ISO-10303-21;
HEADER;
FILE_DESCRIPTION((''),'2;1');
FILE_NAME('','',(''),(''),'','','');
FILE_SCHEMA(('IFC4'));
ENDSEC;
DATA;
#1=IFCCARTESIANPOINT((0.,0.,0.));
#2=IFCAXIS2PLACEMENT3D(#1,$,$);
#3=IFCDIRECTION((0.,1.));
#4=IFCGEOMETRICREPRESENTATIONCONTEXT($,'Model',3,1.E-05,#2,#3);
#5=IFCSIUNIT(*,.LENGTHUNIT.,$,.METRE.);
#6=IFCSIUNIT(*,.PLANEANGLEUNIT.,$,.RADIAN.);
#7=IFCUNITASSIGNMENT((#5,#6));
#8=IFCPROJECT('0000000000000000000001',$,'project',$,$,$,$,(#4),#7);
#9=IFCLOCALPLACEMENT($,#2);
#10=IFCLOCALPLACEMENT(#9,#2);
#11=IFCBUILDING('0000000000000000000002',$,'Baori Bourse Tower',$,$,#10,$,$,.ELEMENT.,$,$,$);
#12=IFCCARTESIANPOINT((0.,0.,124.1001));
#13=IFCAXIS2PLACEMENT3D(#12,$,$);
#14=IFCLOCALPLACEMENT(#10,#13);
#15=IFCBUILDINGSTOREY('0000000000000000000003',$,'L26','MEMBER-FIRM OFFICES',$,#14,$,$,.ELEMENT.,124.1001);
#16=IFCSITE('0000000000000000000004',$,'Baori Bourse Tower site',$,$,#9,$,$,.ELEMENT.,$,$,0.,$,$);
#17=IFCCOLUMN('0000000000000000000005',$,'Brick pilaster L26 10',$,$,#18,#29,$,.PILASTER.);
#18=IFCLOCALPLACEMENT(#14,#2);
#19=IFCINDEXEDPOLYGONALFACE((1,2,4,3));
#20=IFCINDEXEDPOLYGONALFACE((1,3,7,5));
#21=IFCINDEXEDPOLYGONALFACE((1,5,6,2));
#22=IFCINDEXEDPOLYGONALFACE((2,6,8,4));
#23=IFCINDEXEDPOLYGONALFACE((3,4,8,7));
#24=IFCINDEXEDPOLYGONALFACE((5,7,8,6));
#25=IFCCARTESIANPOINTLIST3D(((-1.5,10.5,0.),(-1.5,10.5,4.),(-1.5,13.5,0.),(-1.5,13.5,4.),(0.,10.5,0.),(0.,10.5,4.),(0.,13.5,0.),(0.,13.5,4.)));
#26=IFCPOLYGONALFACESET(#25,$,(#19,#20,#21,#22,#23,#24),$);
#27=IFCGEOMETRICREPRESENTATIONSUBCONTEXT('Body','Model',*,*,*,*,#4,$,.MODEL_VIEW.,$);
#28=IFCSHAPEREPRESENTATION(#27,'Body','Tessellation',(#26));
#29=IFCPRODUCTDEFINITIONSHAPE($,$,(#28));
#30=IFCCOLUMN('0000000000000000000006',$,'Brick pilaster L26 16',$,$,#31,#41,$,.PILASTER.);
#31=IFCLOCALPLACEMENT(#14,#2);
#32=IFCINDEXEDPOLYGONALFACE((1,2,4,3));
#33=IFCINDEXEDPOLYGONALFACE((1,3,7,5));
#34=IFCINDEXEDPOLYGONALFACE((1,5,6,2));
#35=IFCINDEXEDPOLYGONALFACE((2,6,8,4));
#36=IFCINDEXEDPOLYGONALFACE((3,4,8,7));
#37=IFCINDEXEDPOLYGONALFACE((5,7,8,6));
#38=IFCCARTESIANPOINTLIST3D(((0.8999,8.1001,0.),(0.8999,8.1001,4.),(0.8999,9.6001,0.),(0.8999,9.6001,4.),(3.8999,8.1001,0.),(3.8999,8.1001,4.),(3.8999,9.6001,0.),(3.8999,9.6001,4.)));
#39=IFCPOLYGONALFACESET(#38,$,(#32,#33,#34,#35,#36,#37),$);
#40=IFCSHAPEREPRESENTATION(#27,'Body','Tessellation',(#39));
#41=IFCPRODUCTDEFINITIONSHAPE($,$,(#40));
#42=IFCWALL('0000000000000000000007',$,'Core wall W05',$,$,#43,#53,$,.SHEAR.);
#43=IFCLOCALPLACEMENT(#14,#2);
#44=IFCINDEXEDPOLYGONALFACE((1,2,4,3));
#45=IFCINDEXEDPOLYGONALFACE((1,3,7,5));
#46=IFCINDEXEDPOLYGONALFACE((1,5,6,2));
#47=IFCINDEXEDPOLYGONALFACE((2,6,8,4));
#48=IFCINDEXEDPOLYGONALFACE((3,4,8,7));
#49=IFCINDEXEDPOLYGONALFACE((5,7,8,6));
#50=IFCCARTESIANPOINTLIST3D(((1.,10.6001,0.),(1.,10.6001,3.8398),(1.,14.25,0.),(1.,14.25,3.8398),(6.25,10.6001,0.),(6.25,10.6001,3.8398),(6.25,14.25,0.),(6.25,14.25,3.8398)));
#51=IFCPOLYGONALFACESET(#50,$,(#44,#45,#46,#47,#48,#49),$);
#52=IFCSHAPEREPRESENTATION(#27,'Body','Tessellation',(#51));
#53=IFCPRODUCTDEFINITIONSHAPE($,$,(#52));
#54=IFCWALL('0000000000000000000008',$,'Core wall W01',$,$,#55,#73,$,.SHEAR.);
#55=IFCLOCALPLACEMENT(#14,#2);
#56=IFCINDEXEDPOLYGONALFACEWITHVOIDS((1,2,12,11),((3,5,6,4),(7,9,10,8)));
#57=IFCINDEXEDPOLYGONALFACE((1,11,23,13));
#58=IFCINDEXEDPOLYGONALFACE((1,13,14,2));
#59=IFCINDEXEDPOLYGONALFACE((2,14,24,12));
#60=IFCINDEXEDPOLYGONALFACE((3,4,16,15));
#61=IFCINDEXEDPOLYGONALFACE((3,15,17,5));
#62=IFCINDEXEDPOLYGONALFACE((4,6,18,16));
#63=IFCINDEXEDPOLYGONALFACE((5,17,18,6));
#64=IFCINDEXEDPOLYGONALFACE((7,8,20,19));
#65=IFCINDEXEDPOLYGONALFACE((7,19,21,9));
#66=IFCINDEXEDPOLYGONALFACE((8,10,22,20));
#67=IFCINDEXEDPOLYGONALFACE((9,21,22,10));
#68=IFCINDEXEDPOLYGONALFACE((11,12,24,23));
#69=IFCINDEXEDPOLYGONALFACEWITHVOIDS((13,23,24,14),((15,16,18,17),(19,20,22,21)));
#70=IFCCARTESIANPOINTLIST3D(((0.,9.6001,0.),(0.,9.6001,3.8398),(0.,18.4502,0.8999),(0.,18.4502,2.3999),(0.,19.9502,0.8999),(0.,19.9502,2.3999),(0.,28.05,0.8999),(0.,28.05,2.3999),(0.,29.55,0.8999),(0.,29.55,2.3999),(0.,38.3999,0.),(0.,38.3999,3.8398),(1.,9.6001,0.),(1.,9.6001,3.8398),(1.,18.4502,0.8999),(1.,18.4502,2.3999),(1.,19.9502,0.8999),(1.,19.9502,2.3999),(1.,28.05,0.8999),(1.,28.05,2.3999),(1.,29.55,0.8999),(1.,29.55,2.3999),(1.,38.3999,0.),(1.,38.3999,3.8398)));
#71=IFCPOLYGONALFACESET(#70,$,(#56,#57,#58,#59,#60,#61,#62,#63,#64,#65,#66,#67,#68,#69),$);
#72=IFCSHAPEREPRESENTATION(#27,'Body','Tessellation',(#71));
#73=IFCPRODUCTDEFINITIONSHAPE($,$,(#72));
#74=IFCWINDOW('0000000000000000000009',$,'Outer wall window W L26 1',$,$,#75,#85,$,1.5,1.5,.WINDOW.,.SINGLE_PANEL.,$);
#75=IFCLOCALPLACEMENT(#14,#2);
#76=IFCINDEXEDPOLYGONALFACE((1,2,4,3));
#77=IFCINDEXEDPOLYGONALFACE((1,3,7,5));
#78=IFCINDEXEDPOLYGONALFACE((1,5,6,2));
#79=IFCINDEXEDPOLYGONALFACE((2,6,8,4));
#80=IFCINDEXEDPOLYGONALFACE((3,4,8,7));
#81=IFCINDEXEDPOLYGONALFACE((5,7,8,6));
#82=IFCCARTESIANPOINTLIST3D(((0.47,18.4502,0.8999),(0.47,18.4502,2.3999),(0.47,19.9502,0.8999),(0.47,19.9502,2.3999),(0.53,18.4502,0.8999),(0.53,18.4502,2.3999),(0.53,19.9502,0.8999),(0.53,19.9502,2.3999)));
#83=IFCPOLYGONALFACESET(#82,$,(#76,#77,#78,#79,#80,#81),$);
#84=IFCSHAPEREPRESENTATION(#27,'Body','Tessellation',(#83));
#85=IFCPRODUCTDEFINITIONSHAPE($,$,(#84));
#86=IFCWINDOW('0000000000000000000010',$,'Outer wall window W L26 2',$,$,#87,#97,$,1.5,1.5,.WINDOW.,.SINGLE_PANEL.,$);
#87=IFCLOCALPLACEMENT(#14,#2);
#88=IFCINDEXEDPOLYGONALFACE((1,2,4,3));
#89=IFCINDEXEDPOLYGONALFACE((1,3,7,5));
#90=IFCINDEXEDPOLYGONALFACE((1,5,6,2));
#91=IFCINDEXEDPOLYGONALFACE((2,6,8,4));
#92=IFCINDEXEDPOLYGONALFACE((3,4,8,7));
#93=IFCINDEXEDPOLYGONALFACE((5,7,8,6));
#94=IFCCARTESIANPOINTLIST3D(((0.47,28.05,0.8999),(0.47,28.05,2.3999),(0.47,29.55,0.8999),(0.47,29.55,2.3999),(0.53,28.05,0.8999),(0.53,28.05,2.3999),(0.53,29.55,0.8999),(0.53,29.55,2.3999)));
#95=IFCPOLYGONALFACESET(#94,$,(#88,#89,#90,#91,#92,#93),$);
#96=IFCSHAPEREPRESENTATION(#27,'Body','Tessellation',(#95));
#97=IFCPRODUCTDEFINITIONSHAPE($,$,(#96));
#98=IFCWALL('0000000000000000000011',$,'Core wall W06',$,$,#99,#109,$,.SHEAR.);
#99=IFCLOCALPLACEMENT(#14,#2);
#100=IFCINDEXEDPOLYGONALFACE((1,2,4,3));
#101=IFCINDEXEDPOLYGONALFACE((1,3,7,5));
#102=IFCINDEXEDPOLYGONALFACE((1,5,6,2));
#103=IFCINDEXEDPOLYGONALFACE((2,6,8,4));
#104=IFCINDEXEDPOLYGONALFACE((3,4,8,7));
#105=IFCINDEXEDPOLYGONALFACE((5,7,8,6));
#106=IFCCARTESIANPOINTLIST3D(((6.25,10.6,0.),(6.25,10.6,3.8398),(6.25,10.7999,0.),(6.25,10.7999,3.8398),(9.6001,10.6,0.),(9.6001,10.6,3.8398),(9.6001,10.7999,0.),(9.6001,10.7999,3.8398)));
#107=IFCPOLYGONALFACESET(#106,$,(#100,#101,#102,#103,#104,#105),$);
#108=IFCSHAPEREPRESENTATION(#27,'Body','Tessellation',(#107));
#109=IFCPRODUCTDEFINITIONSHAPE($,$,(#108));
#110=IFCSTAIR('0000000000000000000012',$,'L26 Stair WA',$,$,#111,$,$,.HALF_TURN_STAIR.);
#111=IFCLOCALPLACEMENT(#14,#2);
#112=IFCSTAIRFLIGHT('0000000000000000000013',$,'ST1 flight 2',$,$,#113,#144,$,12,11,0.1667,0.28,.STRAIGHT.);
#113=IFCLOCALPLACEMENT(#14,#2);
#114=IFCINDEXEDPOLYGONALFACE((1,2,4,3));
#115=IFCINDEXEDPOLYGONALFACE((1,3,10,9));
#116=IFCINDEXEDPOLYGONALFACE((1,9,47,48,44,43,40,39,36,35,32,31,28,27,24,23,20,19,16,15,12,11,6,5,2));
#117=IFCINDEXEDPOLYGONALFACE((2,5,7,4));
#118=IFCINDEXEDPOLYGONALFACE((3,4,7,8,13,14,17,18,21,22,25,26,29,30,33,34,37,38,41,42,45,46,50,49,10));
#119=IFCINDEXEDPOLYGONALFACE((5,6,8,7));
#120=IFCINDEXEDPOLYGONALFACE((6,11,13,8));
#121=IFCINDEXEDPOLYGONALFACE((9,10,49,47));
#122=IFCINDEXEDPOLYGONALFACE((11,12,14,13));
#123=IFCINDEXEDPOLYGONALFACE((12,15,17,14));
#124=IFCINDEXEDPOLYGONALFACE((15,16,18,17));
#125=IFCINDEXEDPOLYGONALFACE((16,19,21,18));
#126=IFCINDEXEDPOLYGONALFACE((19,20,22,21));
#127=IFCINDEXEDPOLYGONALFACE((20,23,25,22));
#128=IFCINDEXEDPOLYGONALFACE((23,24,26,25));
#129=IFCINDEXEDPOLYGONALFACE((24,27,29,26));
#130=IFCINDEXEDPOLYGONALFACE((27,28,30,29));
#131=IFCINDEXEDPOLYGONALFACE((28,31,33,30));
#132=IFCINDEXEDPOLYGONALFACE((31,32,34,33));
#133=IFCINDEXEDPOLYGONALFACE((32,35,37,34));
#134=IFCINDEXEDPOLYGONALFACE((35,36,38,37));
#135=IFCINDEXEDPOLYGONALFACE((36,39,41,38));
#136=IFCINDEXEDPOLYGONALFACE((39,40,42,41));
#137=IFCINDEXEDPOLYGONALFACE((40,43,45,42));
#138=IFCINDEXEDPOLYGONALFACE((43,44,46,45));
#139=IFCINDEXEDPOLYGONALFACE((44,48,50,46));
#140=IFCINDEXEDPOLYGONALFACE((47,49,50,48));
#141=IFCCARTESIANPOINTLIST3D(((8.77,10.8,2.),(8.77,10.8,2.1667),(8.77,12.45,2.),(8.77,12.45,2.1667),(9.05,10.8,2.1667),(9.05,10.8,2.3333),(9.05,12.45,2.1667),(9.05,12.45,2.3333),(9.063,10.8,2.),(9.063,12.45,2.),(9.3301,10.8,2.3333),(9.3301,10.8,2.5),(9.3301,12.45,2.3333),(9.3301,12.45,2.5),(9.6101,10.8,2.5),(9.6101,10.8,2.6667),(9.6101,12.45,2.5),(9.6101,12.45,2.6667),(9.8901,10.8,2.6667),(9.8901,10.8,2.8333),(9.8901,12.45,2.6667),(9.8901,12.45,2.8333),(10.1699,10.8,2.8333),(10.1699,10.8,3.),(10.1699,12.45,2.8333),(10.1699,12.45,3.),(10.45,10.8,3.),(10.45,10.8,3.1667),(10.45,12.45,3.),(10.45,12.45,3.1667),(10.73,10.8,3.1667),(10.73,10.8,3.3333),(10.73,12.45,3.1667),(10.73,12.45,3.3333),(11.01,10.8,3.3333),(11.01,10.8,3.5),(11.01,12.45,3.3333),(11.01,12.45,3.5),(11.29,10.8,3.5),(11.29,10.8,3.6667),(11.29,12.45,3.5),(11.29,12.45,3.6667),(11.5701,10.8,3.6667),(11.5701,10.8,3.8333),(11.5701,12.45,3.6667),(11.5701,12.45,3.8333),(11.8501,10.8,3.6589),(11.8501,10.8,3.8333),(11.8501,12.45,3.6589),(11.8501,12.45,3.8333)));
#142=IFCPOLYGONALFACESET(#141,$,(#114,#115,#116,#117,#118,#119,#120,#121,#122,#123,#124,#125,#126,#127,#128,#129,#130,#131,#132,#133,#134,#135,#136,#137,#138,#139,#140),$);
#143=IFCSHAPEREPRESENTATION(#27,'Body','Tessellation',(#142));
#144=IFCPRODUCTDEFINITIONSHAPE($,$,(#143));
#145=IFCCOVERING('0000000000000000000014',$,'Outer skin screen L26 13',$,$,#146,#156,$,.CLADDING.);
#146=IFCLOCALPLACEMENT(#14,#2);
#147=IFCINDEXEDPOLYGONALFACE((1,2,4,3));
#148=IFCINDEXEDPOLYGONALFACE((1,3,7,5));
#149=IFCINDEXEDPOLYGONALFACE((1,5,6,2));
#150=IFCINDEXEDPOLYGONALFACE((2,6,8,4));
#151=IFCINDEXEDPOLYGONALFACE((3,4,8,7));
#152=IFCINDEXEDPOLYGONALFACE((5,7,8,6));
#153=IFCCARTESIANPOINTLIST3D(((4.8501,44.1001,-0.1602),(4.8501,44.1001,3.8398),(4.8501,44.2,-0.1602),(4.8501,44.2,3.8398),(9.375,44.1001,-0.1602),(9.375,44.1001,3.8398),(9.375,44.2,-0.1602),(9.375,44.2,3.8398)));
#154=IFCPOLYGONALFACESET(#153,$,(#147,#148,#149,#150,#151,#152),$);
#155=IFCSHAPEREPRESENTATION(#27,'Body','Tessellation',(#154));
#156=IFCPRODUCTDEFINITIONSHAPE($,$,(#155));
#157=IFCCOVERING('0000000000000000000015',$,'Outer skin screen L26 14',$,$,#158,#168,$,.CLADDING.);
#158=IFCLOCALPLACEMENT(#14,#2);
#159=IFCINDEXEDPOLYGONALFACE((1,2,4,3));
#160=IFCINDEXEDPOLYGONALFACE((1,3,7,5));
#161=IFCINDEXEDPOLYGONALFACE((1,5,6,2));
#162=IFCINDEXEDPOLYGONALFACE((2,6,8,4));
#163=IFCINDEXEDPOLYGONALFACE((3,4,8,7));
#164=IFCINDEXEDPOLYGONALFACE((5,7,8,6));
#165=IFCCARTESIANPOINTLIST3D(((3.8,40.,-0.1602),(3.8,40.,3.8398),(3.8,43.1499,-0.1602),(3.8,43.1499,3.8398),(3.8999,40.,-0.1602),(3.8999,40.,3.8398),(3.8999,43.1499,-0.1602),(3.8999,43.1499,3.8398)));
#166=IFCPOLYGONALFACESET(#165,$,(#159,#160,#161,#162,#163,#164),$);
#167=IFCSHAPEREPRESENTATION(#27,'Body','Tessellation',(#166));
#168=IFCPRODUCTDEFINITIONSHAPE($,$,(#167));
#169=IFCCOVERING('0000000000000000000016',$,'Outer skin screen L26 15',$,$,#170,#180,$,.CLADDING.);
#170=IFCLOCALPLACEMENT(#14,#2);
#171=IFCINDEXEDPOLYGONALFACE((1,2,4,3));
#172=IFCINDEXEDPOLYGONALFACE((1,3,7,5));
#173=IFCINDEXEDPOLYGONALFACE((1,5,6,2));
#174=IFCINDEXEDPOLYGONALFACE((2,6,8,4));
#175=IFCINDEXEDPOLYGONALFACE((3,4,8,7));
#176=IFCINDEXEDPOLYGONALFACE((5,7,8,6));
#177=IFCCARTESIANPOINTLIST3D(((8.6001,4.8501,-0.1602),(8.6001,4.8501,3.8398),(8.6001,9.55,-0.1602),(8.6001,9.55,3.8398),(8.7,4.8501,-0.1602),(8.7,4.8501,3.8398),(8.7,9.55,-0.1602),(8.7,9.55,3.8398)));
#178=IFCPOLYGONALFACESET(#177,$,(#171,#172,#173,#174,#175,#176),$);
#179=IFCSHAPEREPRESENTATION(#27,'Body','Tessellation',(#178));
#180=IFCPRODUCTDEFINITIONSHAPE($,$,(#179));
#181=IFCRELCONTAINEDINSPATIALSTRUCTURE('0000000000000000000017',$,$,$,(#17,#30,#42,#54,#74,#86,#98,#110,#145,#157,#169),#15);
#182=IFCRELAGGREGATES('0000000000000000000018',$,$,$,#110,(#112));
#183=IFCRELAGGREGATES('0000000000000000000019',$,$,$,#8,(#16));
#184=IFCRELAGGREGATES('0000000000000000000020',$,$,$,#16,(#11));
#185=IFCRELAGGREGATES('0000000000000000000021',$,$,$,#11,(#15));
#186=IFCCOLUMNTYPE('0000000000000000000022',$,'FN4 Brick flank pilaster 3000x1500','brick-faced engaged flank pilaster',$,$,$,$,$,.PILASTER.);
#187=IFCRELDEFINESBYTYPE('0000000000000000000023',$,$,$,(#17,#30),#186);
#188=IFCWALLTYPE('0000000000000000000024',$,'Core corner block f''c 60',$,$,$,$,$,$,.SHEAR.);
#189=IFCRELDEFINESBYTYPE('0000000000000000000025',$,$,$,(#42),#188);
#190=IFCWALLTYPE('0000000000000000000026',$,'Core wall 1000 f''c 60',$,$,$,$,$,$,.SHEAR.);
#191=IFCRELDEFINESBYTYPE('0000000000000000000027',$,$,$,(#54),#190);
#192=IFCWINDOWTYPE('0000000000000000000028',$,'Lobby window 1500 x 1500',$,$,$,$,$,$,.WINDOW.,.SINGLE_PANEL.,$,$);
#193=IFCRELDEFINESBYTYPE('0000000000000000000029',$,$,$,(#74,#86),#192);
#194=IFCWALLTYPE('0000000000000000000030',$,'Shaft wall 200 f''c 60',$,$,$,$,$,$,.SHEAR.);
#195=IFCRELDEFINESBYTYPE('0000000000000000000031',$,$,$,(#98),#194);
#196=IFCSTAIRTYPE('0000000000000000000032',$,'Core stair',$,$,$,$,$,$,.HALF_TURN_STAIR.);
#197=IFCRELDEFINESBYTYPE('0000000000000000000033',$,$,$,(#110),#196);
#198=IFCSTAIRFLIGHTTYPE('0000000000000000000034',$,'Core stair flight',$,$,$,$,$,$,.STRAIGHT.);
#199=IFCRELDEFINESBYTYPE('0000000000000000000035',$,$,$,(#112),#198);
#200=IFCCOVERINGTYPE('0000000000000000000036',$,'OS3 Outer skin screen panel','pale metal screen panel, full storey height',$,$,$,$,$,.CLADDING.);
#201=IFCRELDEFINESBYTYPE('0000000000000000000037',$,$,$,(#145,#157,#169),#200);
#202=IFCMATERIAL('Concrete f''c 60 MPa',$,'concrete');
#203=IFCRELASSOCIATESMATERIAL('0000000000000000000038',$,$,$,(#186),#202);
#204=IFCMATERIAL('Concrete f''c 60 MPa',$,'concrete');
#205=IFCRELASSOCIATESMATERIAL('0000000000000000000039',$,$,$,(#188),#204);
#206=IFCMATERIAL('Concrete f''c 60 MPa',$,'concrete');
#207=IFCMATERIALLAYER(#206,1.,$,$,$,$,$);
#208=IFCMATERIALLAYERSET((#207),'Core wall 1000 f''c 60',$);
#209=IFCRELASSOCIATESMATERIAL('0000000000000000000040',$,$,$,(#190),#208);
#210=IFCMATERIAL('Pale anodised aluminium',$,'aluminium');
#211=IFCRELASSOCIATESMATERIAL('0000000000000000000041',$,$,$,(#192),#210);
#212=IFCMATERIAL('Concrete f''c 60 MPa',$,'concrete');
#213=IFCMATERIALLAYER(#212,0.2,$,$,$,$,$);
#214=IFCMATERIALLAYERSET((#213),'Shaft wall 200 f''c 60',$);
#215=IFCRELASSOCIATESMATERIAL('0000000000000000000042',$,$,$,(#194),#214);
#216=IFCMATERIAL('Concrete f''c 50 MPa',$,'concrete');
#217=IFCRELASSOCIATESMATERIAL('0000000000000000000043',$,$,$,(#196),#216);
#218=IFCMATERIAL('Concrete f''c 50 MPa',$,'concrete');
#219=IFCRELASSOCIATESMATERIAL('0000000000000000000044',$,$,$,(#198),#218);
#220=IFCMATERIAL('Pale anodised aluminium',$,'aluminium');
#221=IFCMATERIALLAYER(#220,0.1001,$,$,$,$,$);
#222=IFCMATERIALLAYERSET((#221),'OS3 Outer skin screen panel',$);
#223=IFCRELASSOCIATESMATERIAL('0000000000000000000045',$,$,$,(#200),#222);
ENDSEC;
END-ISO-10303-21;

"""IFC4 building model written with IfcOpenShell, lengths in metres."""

from ifc_helpers import new_model, si_unit, direction, frame, frame_2d, origin, origin_2d, place, context, subcontext, project, spatial, polyline, rectangle, outline, extrude, material, layer, layer_set, material_profile, profile_set, type_object, element, fill, aggregate, save


model = new_model("IFC4")

# Units and contexts
model_context = context("Model", 3, precision=1e-05, world=origin(), true_north=direction((0.0, 1.0)))
body_context = subcontext(model_context, "Body", "Model", "MODEL_VIEW")
ifc_project = project(units=[si_unit("LENGTHUNIT", "METRE"), si_unit("PLANEANGLEUNIT", "RADIAN")], contexts=[model_context])

# Site, building, storey
site_placement = place(None, origin())
site = spatial("IfcSite", under=ifc_project, at=site_placement, Name="Baori Bourse Tower site", CompositionType="ELEMENT", RefElevation=0.0)
building_placement = place(site_placement, origin())
building = spatial("IfcBuilding", under=site, at=building_placement, Name="Baori Bourse Tower", CompositionType="ELEMENT")
storey_placement = place(building_placement, frame((0.0, 0.0, 124.1001)))
storey = spatial("IfcBuildingStorey", under=building, at=storey_placement, Name="L26", Description="MEMBER-FIRM OFFICES", CompositionType="ELEMENT", Elevation=124.1001)

# Columns
ifc_material_1 = material(Name="Concrete f'c 60 MPa", Category="concrete")
ifc_material_profile = material_profile(ifc_material_1, rectangle(XDim=3.0, YDim=1.5, at=origin_2d()), Name="RC 3000x1500")
ifc_profile_set = profile_set([ifc_material_profile], Name="Concrete f'c 60 MPa")
column_type = type_object("IfcColumnType", Name="FN4 Brick flank pilaster 3000x1500", Description="brick-faced engaged flank pilaster", PredefinedType="PILASTER", material=ifc_profile_set)
for number, where, z_axis, x_axis, name in (
    (1, (-0.75, 12.0, 0.0), (0.0, 0.0, 1.0), (0.0, 1.0, 0.0), "Brick pilaster L26 10"),
    (2, (2.3999, 8.8501, 0.0), (0.0, 0.0, 1.0), (1.0, 0.0, 0.0), "Brick pilaster L26 16"),
):
    element("IfcColumn", number, at=place(storey_placement, frame(where, z_axis=z_axis, x_axis=x_axis)), inside=storey, type_object=column_type, Name=name, PredefinedType="PILASTER", context=body_context, shape_type="SweptSolid", body=[
        extrude(rectangle(XDim=3.0, YDim=1.5, at=origin_2d()), origin(), (0.0, 0.0, 1.0), 4.0),
    ])

# Wall
ifc_material_2 = material(Name="Concrete f'c 60 MPa", Category="concrete")
wall_type_1 = type_object("IfcWallType", Name="Core corner block f'c 60", PredefinedType="SHEAR", material=ifc_material_2)
wall_1_placement = place(storey_placement, frame((1.0, 12.425, 0.0), z_axis=(0.0, 0.0, 1.0), x_axis=(1.0, 0.0, 0.0)))
element("IfcWall", 3, at=wall_1_placement, inside=storey, type_object=wall_type_1, Name="Core wall W05", PredefinedType="SHEAR", context=body_context, shape_type="SweptSolid", body=[
    extrude(rectangle(XDim=5.25, YDim=3.6499, at=frame_2d((2.625, 0.0))), origin(), (0.0, 0.0, 1.0), 3.8398),
])

# Wall, openings, windows
ifc_material_3 = material(Name="Concrete f'c 60 MPa", Category="concrete")
ifc_layer_1 = layer(ifc_material_3, 1.0)
ifc_layer_set_1 = layer_set([ifc_layer_1], Name="Core wall 1000 f'c 60")
wall_type_2 = type_object("IfcWallType", Name="Core wall 1000 f'c 60", PredefinedType="SHEAR", material=ifc_layer_set_1)
wall_2_placement = place(storey_placement, frame((0.5, 9.6001, 0.0), z_axis=(0.0, 0.0, 1.0), x_axis=(0.0, 1.0, 0.0)))
wall_2 = element("IfcWall", 4, at=wall_2_placement, inside=storey, type_object=wall_type_2, Name="Core wall W01", PredefinedType="SHEAR", context=body_context, shape_type="SweptSolid", body=[
    extrude(rectangle(XDim=28.7998, YDim=1.0, at=frame_2d((14.3999, 0.0))), origin(), (0.0, 0.0, 1.0), 3.8398),
])
opening_1_placement = place(wall_2_placement, frame((8.8501, 0.0, 0.8999)))
opening_1 = element("IfcOpeningElement", 5, at=opening_1_placement, cuts=wall_2, PredefinedType="OPENING", context=body_context, shape_type="SweptSolid", body=[
    extrude(rectangle(XDim=1.5, YDim=1.5, at=frame_2d((0.75, 0.75))), frame((0.0, 0.51, 0.0), z_axis=(0.0, -1.0, 0.0), x_axis=(1.0, 0.0, 0.0)), (0.0, 0.0, 1.0), 1.02),
])
opening_2_placement = place(wall_2_placement, frame((18.45, 0.0, 0.8999)))
opening_2 = element("IfcOpeningElement", 6, at=opening_2_placement, cuts=wall_2, PredefinedType="OPENING", context=body_context, shape_type="SweptSolid", body=[
    extrude(rectangle(XDim=1.5, YDim=1.5, at=frame_2d((0.75, 0.75))), frame((0.0, 0.51, 0.0), z_axis=(0.0, -1.0, 0.0), x_axis=(1.0, 0.0, 0.0)), (0.0, 0.0, 1.0), 1.02),
])
ifc_material_4 = material(Name="Pale anodised aluminium", Category="aluminium")
window_type = type_object("IfcWindowType", Name="Lobby window 1500 x 1500", PartitioningType="SINGLE_PANEL", PredefinedType="WINDOW", material=ifc_material_4)
window_1_placement = place(opening_1_placement, origin())
window_1 = element("IfcWindow", 7, at=window_1_placement, inside=storey, type_object=window_type, Name="Outer wall window W L26 1", OverallHeight=1.5, OverallWidth=1.5, PartitioningType="SINGLE_PANEL", PredefinedType="WINDOW", context=body_context, shape_type="SweptSolid", body=[
    extrude(rectangle(XDim=1.5, YDim=1.5, at=frame_2d((0.75, 0.75))), frame((0.0, 0.03, 0.0), z_axis=(0.0, -1.0, 0.0), x_axis=(1.0, 0.0, 0.0)), (0.0, 0.0, 1.0), 0.0601),
])
fill(opening_1, window_1)
window_2_placement = place(opening_2_placement, origin())
window_2 = element("IfcWindow", 8, at=window_2_placement, inside=storey, type_object=window_type, Name="Outer wall window W L26 2", OverallHeight=1.5, OverallWidth=1.5, PartitioningType="SINGLE_PANEL", PredefinedType="WINDOW", context=body_context, shape_type="SweptSolid", body=[
    extrude(rectangle(XDim=1.5, YDim=1.5, at=frame_2d((0.75, 0.75))), frame((0.0, 0.03, 0.0), z_axis=(0.0, -1.0, 0.0), x_axis=(1.0, 0.0, 0.0)), (0.0, 0.0, 1.0), 0.0601),
])
fill(opening_2, window_2)

# Wall
ifc_material_5 = material(Name="Concrete f'c 60 MPa", Category="concrete")
ifc_layer_2 = layer(ifc_material_5, 0.2)
ifc_layer_set_2 = layer_set([ifc_layer_2], Name="Shaft wall 200 f'c 60")
wall_type_3 = type_object("IfcWallType", Name="Shaft wall 200 f'c 60", PredefinedType="SHEAR", material=ifc_layer_set_2)
wall_3_placement = place(storey_placement, frame((6.25, 10.7, 0.0), z_axis=(0.0, 0.0, 1.0), x_axis=(1.0, 0.0, 0.0)))
element("IfcWall", 9, at=wall_3_placement, inside=storey, type_object=wall_type_3, Name="Core wall W06", PredefinedType="SHEAR", context=body_context, shape_type="SweptSolid", body=[
    extrude(rectangle(XDim=3.3501, YDim=0.2, at=frame_2d((1.675, 0.0))), origin(), (0.0, 0.0, 1.0), 3.8398),
])

# Stair, stair flight
ifc_material_6 = material(Name="Concrete f'c 50 MPa", Category="concrete")
stair_type = type_object("IfcStairType", Name="Core stair", PredefinedType="HALF_TURN_STAIR", material=ifc_material_6)
stair_placement = place(storey_placement, origin())
stair = element("IfcStair", 10, at=stair_placement, inside=storey, type_object=stair_type, Name="L26 Stair WA", PredefinedType="HALF_TURN_STAIR")
ifc_material_7 = material(Name="Concrete f'c 50 MPa", Category="concrete")
stair_flight_type = type_object("IfcStairFlightType", Name="Core stair flight", PredefinedType="STRAIGHT", material=ifc_material_7)
stair_flight_placement = place(storey_placement, frame((8.77, 11.625, 2.0), z_axis=(0.0, 0.0, 1.0), x_axis=(1.0, 0.0, 0.0)))
stair_flight = element("IfcStairFlight", 11, at=stair_flight_placement, type_object=stair_flight_type, Name="ST1 flight 2", NumberOfRisers=12, NumberOfTreads=11, PredefinedType="STRAIGHT", RiserHeight=0.1667, TreadLength=0.28, context=body_context, shape_type="SweptSolid", body=[
    extrude(outline(polyline([(0.0, 0.0), (0.0, 0.1667), (0.28, 0.1667), (0.28, 0.3333), (0.5601, 0.3333), (0.5601, 0.5), (0.8401, 0.5), (0.8401, 0.6667), (1.1201, 0.6667), (1.1201, 0.8333), (1.3999, 0.8333), (1.3999, 1.0), (1.6799, 1.0), (1.6799, 1.1667), (1.96, 1.1667), (1.96, 1.3333), (2.24, 1.3333), (2.24, 1.5), (2.52, 1.5), (2.52, 1.6667), (2.8, 1.6667), (2.8, 1.8333), (3.0801, 1.8333), (3.0801, 2.0), (3.0801, 1.6589), (0.293, 0.0), (0.0, 0.0)])), frame((0.0, 0.825, 0.0), z_axis=(0.0, -1.0, 0.0), x_axis=(1.0, 0.0, 0.0)), (0.0, 0.0, 1.0), 1.6499),
])
aggregate(stair, [stair_flight])

# Coverings
ifc_material_8 = material(Name="Pale anodised aluminium", Category="aluminium")
ifc_layer_3 = layer(ifc_material_8, 0.1001)
ifc_layer_set_3 = layer_set([ifc_layer_3], Name="OS3 Outer skin screen panel")
covering_type = type_object("IfcCoveringType", Name="OS3 Outer skin screen panel", Description="pale metal screen panel, full storey height", PredefinedType="CLADDING", material=ifc_layer_set_3)
covering_1_placement = place(storey_placement, frame((0.0, 0.0, -0.1602)))
element("IfcCovering", 12, at=covering_1_placement, inside=storey, type_object=covering_type, Name="Outer skin screen L26 13", PredefinedType="CLADDING", context=body_context, shape_type="SweptSolid", body=[
    extrude(outline(polyline([(4.8501, 44.1001), (9.375, 44.1001), (9.375, 44.2), (4.8501, 44.2), (4.8501, 44.1001)])), origin(), (0.0, 0.0, 1.0), 4.0),
])
covering_2_placement = place(storey_placement, frame((0.0, 0.0, -0.1602)))
element("IfcCovering", 13, at=covering_2_placement, inside=storey, type_object=covering_type, Name="Outer skin screen L26 14", PredefinedType="CLADDING", context=body_context, shape_type="SweptSolid", body=[
    extrude(outline(polyline([(3.8999, 40.0), (3.8999, 43.1499), (3.8, 43.1499), (3.8, 40.0), (3.8999, 40.0), (3.8999, 40.0)])), origin(), (0.0, 0.0, 1.0), 4.0),
])
covering_3_placement = place(storey_placement, frame((0.0, 0.0, -0.1602)))
element("IfcCovering", 14, at=covering_3_placement, inside=storey, type_object=covering_type, Name="Outer skin screen L26 15", PredefinedType="CLADDING", context=body_context, shape_type="SweptSolid", body=[
    extrude(outline(polyline([(8.7, 4.8501), (8.7, 9.55), (8.6001, 9.55), (8.6001, 4.8501), (8.7, 4.8501)])), origin(), (0.0, 0.0, 1.0), 4.0),
])

save(model, "model.ifc")
